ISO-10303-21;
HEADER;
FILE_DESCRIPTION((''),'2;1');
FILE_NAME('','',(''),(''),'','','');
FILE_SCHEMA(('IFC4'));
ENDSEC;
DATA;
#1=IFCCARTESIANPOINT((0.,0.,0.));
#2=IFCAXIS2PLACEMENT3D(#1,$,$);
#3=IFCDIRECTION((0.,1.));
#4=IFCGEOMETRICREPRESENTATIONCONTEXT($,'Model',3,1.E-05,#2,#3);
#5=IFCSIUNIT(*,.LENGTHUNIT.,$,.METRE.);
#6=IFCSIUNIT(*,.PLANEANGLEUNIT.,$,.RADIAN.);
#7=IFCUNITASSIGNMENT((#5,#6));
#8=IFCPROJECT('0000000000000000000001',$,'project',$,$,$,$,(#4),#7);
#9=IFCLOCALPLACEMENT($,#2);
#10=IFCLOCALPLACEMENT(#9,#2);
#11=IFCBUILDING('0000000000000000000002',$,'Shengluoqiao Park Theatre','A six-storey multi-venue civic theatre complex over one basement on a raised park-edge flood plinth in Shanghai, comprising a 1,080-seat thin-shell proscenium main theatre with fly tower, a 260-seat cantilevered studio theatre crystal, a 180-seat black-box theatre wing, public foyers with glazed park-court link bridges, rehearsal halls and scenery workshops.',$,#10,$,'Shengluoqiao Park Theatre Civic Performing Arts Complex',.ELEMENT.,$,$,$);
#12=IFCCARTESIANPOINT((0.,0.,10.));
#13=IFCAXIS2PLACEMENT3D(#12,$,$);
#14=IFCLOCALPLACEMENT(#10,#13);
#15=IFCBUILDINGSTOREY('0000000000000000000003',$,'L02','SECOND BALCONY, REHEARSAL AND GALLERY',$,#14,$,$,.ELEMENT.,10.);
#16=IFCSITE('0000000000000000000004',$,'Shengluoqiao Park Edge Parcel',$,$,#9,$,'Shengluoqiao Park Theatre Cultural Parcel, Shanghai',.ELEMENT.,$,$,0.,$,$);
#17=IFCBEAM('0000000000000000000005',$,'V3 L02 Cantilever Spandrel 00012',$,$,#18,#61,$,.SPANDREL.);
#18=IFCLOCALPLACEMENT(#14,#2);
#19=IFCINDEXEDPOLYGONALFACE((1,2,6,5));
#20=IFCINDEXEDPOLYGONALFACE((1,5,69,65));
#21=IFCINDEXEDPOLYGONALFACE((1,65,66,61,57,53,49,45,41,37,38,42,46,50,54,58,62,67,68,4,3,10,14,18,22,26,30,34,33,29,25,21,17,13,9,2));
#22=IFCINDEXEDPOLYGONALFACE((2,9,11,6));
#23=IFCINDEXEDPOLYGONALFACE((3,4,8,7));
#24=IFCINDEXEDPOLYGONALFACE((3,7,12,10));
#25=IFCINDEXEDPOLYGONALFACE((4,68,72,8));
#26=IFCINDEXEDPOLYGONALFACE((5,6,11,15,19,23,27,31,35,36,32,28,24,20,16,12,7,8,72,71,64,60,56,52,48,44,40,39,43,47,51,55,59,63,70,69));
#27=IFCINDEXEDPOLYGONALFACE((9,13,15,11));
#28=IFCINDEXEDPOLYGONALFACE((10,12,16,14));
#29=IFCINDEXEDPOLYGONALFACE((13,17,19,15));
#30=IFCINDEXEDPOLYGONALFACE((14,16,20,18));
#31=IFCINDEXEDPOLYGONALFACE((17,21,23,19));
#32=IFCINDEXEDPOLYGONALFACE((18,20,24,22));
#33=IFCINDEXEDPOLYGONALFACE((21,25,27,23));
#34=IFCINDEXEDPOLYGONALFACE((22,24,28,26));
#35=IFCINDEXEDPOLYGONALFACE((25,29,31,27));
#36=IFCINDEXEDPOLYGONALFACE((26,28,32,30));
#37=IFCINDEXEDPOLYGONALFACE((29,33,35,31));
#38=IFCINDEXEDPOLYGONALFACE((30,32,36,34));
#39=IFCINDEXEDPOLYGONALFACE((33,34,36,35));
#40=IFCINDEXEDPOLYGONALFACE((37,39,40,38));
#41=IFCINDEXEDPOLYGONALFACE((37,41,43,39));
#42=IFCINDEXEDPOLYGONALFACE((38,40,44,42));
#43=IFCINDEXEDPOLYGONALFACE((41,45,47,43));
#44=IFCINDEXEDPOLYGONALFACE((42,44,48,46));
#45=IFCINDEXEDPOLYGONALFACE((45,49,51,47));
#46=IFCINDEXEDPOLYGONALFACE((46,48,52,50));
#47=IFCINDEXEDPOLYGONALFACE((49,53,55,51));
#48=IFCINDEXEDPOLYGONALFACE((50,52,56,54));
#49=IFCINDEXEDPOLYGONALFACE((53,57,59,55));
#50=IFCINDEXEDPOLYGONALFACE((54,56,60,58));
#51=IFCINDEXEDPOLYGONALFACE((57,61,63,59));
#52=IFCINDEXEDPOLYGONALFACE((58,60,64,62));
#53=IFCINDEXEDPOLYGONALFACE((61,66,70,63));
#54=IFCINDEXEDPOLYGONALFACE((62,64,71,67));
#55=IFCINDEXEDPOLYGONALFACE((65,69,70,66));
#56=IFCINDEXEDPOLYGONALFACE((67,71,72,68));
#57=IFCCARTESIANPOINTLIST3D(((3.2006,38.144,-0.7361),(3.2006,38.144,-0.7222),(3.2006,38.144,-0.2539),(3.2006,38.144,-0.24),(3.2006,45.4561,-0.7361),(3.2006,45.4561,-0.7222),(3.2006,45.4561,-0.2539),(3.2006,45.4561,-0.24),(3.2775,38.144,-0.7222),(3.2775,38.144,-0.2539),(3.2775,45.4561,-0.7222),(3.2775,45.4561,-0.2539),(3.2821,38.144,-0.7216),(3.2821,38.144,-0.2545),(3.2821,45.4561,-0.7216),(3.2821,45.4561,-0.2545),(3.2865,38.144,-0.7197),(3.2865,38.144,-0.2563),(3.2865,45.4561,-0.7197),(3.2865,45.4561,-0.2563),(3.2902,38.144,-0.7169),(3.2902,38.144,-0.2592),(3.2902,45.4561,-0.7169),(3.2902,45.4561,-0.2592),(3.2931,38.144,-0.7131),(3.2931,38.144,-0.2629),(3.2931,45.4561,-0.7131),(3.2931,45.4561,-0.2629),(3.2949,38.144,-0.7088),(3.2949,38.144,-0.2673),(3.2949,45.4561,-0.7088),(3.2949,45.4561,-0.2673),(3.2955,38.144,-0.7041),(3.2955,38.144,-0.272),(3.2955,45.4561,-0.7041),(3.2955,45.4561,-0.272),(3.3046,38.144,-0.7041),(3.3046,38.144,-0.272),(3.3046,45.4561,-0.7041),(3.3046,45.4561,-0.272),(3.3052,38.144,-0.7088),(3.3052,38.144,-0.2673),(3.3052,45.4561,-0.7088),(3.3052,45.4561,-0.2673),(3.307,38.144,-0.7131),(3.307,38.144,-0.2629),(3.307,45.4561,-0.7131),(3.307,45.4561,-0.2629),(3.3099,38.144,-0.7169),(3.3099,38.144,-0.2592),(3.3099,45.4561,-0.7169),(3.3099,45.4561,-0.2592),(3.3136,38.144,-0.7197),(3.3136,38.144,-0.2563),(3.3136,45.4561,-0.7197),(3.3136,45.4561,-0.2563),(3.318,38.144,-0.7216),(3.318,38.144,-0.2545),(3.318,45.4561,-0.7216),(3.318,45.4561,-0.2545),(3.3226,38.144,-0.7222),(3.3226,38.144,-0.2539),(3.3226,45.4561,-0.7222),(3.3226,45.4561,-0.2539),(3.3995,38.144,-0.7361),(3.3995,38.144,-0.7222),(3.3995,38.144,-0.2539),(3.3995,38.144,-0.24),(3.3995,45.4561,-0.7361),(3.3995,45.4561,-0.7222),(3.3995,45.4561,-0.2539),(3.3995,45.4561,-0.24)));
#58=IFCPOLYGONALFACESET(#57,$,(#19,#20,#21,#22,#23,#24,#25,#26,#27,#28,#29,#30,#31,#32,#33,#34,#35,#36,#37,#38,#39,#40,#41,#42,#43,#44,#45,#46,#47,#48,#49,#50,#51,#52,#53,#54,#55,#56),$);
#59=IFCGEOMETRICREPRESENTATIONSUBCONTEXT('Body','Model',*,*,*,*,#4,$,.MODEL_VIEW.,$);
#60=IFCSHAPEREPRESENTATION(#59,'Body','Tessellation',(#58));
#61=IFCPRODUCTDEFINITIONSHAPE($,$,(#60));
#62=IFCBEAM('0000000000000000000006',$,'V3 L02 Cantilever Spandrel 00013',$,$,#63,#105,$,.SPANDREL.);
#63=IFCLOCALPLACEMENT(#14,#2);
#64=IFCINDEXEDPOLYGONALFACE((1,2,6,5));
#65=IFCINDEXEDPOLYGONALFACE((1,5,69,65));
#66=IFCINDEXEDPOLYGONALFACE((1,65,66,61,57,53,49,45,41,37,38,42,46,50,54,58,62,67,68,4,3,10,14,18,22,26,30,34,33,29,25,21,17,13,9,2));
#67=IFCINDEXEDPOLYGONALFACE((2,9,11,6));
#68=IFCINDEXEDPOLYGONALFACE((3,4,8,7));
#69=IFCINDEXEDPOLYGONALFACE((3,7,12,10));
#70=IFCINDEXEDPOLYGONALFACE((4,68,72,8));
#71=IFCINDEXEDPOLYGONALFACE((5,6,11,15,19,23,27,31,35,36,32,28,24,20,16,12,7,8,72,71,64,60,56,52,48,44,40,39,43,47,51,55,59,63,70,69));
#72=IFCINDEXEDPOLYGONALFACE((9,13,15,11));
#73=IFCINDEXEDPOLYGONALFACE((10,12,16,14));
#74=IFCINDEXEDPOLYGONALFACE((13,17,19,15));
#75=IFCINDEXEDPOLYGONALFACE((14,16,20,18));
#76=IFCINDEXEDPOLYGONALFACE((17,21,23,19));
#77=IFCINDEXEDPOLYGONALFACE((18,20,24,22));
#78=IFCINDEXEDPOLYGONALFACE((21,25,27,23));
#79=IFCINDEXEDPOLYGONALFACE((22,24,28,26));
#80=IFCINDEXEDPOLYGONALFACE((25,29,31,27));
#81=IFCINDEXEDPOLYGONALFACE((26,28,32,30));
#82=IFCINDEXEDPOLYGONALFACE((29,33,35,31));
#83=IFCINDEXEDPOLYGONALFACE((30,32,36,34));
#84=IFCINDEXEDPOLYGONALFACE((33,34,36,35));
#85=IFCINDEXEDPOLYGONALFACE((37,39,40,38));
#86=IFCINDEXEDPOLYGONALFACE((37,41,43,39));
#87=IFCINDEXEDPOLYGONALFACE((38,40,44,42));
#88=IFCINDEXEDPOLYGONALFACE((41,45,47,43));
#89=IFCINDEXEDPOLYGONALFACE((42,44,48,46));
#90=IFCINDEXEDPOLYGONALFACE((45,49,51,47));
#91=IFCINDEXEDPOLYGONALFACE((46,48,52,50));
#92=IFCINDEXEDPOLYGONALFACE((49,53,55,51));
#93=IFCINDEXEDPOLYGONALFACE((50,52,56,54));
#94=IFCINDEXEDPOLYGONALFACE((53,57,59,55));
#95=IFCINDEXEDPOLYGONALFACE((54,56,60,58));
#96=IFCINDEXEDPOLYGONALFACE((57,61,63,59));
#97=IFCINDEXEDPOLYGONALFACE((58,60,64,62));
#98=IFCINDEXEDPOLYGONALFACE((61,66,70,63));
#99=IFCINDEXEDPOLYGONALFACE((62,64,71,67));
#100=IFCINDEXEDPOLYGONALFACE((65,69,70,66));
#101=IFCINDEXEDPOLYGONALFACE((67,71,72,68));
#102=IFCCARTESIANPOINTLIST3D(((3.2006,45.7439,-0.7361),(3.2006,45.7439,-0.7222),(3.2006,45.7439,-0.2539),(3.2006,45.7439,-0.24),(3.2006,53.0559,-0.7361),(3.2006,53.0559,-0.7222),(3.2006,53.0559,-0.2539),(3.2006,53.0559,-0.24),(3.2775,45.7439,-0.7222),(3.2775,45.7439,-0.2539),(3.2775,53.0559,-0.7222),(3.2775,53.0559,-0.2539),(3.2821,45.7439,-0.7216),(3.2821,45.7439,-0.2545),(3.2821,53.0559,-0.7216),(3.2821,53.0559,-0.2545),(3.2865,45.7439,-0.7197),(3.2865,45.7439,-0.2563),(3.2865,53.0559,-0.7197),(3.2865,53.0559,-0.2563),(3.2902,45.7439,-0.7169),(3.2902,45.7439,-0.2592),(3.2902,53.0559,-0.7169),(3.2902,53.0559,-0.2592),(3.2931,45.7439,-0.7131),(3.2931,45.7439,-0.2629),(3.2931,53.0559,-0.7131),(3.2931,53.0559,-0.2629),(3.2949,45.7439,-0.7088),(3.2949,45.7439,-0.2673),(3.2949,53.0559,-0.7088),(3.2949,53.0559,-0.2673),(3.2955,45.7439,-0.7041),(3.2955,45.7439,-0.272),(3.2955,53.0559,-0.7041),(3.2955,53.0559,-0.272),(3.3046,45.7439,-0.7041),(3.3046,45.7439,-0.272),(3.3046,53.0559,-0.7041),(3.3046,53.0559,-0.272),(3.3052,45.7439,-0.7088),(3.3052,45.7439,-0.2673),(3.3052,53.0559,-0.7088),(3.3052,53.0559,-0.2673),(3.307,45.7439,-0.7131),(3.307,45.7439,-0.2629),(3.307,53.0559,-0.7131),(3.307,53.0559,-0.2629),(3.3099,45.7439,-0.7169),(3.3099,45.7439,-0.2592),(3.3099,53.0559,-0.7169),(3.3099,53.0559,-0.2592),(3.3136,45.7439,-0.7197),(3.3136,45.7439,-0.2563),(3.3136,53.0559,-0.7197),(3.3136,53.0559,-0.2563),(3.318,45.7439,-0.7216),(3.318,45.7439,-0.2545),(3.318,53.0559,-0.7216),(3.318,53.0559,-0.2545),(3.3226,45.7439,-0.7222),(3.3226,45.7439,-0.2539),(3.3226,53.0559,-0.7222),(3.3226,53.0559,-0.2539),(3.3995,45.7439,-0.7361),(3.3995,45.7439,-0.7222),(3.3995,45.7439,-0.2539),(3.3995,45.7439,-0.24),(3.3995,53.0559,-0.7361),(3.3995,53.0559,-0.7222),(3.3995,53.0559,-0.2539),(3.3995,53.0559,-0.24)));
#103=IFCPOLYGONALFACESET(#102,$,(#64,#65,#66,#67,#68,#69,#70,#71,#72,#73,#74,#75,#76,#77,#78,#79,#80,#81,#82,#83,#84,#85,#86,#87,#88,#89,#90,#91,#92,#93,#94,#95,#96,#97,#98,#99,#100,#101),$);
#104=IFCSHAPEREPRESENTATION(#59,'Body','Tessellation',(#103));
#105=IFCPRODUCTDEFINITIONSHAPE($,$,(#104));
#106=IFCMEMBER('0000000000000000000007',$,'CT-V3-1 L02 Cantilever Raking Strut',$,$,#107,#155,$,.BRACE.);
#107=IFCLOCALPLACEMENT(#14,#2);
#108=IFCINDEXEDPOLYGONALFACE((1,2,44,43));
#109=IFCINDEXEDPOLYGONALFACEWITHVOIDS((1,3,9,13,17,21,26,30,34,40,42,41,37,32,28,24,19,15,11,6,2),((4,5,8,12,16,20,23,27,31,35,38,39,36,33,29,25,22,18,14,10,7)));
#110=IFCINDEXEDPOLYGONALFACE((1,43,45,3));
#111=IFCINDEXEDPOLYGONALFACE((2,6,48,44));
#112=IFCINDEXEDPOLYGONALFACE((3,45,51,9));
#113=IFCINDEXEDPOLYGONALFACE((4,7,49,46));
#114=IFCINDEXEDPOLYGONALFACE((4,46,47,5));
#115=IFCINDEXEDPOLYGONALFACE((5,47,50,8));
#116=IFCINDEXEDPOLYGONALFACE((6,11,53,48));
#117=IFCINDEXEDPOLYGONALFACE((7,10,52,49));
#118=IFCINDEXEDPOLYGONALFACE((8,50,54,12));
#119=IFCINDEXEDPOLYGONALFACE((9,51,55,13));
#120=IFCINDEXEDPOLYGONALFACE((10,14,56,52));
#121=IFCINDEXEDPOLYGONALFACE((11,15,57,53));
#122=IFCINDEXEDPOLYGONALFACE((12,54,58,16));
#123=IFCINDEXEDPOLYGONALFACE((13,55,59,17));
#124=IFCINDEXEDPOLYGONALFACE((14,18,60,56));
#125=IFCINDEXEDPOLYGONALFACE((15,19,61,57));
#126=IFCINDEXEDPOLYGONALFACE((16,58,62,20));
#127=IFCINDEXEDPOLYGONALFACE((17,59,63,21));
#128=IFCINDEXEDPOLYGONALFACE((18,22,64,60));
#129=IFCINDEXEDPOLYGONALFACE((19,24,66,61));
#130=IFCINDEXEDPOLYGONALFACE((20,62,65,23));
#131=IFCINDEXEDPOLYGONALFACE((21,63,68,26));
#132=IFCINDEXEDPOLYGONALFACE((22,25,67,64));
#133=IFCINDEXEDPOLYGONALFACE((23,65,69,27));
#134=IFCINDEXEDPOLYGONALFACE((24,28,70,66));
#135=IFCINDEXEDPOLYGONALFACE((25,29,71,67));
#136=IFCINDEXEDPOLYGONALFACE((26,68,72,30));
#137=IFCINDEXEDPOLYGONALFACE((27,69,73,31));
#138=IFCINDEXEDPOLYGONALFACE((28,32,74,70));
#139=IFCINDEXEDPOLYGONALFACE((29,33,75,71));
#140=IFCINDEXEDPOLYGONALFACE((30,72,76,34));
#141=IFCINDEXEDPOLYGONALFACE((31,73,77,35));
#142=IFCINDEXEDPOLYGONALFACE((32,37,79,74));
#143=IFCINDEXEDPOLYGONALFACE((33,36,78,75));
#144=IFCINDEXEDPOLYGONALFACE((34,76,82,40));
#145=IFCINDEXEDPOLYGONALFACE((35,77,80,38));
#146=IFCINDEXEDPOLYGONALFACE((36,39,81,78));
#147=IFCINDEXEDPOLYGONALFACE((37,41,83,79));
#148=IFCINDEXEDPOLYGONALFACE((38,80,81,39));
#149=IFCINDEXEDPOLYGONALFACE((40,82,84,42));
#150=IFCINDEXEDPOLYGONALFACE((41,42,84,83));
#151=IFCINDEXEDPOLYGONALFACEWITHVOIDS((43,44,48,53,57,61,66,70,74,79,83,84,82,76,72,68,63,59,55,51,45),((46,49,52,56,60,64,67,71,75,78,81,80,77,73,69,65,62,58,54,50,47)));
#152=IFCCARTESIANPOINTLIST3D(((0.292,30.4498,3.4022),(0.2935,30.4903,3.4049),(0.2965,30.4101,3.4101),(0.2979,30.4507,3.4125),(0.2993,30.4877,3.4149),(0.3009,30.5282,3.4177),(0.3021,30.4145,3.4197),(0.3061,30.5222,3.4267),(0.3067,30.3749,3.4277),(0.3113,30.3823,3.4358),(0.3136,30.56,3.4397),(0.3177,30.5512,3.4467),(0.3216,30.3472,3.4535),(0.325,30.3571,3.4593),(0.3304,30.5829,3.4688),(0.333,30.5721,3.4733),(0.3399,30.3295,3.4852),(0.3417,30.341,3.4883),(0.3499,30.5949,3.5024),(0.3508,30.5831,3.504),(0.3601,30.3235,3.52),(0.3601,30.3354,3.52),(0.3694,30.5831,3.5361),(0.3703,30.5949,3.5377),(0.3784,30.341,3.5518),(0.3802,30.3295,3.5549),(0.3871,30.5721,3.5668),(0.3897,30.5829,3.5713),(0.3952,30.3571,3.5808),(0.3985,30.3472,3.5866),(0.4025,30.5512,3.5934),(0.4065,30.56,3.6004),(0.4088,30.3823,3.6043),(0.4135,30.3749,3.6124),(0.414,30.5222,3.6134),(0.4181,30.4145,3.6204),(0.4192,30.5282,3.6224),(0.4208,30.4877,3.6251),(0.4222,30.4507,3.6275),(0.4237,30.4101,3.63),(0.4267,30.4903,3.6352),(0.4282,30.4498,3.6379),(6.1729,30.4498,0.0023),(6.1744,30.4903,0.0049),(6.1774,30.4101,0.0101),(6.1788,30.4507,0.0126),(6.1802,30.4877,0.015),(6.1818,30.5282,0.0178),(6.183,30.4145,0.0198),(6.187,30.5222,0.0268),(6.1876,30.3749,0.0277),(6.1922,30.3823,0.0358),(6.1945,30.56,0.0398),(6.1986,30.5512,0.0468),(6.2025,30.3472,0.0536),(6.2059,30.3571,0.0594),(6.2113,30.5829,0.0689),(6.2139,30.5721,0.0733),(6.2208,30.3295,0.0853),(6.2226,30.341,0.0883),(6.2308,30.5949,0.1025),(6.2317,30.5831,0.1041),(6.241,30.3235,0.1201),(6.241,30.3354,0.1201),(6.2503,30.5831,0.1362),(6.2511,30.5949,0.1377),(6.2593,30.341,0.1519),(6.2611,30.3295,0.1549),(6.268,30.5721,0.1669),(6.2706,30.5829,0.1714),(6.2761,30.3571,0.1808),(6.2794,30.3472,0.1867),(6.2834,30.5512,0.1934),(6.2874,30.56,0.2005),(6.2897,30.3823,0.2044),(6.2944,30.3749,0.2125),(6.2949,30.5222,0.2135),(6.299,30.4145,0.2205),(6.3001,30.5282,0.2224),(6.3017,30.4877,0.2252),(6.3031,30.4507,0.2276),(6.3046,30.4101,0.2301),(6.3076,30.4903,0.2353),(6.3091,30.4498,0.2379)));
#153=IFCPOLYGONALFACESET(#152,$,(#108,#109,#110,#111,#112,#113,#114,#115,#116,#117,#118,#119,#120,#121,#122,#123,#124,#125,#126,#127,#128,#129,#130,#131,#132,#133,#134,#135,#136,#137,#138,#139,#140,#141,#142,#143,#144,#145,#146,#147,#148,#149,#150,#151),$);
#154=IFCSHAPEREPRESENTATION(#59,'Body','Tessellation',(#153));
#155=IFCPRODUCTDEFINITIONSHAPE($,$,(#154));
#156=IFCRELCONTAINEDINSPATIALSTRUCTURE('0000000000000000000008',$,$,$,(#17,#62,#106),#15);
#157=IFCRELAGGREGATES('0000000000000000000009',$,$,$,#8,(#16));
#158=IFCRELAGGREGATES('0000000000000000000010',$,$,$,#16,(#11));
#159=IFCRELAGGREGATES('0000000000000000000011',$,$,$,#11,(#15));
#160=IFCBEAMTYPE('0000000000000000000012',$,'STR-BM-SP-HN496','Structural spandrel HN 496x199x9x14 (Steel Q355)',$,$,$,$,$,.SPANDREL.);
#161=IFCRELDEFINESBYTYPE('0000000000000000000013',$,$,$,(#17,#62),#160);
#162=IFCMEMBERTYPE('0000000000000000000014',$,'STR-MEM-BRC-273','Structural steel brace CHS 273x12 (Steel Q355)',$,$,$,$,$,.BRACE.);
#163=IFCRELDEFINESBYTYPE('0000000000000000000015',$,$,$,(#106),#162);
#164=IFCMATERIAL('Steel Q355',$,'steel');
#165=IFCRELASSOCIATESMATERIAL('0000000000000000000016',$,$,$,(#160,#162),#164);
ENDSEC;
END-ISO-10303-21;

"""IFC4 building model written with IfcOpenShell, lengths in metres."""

from ifc_helpers import new_model, si_unit, direction, frame, origin, origin_2d, place, context, subcontext, project, spatial, hollow_circle, i_section, extrude, material, material_profile, profile_set, type_object, element, save


model = new_model("IFC4")

# Units and contexts
model_context = context("Model", 3, precision=1e-05, world=origin(), true_north=direction((0.0, 1.0)))
body_context = subcontext(model_context, "Body", "Model", "MODEL_VIEW")
ifc_project = project(units=[si_unit("LENGTHUNIT", "METRE"), si_unit("PLANEANGLEUNIT", "RADIAN")], contexts=[model_context])

# Site, building, storey
site_placement = place(None, origin())
site = spatial("IfcSite", under=ifc_project, at=site_placement, Name="Shengluoqiao Park Edge Parcel", LongName="Shengluoqiao Park Theatre Cultural Parcel, Shanghai", CompositionType="ELEMENT", RefElevation=0.0)
building_placement = place(site_placement, origin())
building = spatial("IfcBuilding", under=site, at=building_placement, Name="Shengluoqiao Park Theatre", Description="A six-storey multi-venue civic theatre complex over one basement on a raised park-edge flood plinth in Shanghai, comprising a 1,080-seat thin-shell proscenium main theatre with fly tower, a 260-seat cantilevered studio theatre crystal, a 180-seat black-box theatre wing, public foyers with glazed park-court link bridges, rehearsal halls and scenery workshops.", LongName="Shengluoqiao Park Theatre Civic Performing Arts Complex", CompositionType="ELEMENT")
storey_placement = place(building_placement, frame((0.0, 0.0, 10.0)))
storey = spatial("IfcBuildingStorey", under=building, at=storey_placement, Name="L02", Description="SECOND BALCONY, REHEARSAL AND GALLERY", CompositionType="ELEMENT", Elevation=10.0)

# Shared definitions
ifc_material_1 = material(Name="Steel Q355", Category="steel")

# Beams
ifc_material_profile_1 = material_profile(ifc_material_1, i_section(OverallWidth=0.199, OverallDepth=0.4961, WebThickness=0.009, FlangeThickness=0.0139, FilletRadius=0.0181, at=origin_2d()), Name="HN 496x199x9x14")
ifc_profile_set_1 = profile_set([ifc_material_profile_1], Name="Steel Q355")
beam_type_1 = type_object("IfcBeamType", Name="STR-BM-SP-HN496", Description="Structural spandrel HN 496x199x9x14 (Steel Q355)", PredefinedType="SPANDREL", material=ifc_profile_set_1)
for number, where, z_axis, x_axis, name in (
    (1, (3.3, 38.144, -0.488), (0.0, 1.0, 0.0), (-1.0, 0.0, 0.0), "V3 L02 Cantilever Spandrel 00012"),
    (2, (3.3, 45.7439, -0.488), (0.0, 1.0, 0.0), (-1.0, 0.0, 0.0), "V3 L02 Cantilever Spandrel 00013"),
):
    element("IfcBeam", number, at=place(storey_placement, frame(where, z_axis=z_axis, x_axis=x_axis)), inside=storey, type_object=beam_type_1, Name=name, PredefinedType="SPANDREL", context=body_context, shape_type="SweptSolid", body=[
        extrude(i_section(OverallWidth=0.199, OverallDepth=0.4961, WebThickness=0.009, FlangeThickness=0.0139, FilletRadius=0.0181, at=origin_2d()), origin(), (0.0, 0.0, 1.0), 7.312),
    ])

# Member
ifc_material_profile_2 = material_profile(ifc_material_1, hollow_circle(Radius=0.1365, WallThickness=0.012, at=origin_2d()), Name="CHS 273x12")
ifc_profile_set_2 = profile_set([ifc_material_profile_2], Name="Steel Q355")
member_type = type_object("IfcMemberType", Name="STR-MEM-BRC-273", Description="Structural steel brace CHS 273x12 (Steel Q355)", PredefinedType="BRACE", material=ifc_profile_set_2)
member_placement = place(storey_placement, frame((6.241, 30.46, 0.1201), z_axis=(-0.865733, 0.0, 0.500506), x_axis=(0.0, -1.0, 0.0)))
element("IfcMember", 3, at=member_placement, inside=storey, type_object=member_type, Name="CT-V3-1 L02 Cantilever Raking Strut", PredefinedType="BRACE", context=body_context, shape_type="SweptSolid", body=[
    extrude(hollow_circle(Radius=0.1365, WallThickness=0.012, at=origin_2d()), origin(), (0.0, 0.0, 1.0), 6.793),
])

save(model, "model.ifc")
